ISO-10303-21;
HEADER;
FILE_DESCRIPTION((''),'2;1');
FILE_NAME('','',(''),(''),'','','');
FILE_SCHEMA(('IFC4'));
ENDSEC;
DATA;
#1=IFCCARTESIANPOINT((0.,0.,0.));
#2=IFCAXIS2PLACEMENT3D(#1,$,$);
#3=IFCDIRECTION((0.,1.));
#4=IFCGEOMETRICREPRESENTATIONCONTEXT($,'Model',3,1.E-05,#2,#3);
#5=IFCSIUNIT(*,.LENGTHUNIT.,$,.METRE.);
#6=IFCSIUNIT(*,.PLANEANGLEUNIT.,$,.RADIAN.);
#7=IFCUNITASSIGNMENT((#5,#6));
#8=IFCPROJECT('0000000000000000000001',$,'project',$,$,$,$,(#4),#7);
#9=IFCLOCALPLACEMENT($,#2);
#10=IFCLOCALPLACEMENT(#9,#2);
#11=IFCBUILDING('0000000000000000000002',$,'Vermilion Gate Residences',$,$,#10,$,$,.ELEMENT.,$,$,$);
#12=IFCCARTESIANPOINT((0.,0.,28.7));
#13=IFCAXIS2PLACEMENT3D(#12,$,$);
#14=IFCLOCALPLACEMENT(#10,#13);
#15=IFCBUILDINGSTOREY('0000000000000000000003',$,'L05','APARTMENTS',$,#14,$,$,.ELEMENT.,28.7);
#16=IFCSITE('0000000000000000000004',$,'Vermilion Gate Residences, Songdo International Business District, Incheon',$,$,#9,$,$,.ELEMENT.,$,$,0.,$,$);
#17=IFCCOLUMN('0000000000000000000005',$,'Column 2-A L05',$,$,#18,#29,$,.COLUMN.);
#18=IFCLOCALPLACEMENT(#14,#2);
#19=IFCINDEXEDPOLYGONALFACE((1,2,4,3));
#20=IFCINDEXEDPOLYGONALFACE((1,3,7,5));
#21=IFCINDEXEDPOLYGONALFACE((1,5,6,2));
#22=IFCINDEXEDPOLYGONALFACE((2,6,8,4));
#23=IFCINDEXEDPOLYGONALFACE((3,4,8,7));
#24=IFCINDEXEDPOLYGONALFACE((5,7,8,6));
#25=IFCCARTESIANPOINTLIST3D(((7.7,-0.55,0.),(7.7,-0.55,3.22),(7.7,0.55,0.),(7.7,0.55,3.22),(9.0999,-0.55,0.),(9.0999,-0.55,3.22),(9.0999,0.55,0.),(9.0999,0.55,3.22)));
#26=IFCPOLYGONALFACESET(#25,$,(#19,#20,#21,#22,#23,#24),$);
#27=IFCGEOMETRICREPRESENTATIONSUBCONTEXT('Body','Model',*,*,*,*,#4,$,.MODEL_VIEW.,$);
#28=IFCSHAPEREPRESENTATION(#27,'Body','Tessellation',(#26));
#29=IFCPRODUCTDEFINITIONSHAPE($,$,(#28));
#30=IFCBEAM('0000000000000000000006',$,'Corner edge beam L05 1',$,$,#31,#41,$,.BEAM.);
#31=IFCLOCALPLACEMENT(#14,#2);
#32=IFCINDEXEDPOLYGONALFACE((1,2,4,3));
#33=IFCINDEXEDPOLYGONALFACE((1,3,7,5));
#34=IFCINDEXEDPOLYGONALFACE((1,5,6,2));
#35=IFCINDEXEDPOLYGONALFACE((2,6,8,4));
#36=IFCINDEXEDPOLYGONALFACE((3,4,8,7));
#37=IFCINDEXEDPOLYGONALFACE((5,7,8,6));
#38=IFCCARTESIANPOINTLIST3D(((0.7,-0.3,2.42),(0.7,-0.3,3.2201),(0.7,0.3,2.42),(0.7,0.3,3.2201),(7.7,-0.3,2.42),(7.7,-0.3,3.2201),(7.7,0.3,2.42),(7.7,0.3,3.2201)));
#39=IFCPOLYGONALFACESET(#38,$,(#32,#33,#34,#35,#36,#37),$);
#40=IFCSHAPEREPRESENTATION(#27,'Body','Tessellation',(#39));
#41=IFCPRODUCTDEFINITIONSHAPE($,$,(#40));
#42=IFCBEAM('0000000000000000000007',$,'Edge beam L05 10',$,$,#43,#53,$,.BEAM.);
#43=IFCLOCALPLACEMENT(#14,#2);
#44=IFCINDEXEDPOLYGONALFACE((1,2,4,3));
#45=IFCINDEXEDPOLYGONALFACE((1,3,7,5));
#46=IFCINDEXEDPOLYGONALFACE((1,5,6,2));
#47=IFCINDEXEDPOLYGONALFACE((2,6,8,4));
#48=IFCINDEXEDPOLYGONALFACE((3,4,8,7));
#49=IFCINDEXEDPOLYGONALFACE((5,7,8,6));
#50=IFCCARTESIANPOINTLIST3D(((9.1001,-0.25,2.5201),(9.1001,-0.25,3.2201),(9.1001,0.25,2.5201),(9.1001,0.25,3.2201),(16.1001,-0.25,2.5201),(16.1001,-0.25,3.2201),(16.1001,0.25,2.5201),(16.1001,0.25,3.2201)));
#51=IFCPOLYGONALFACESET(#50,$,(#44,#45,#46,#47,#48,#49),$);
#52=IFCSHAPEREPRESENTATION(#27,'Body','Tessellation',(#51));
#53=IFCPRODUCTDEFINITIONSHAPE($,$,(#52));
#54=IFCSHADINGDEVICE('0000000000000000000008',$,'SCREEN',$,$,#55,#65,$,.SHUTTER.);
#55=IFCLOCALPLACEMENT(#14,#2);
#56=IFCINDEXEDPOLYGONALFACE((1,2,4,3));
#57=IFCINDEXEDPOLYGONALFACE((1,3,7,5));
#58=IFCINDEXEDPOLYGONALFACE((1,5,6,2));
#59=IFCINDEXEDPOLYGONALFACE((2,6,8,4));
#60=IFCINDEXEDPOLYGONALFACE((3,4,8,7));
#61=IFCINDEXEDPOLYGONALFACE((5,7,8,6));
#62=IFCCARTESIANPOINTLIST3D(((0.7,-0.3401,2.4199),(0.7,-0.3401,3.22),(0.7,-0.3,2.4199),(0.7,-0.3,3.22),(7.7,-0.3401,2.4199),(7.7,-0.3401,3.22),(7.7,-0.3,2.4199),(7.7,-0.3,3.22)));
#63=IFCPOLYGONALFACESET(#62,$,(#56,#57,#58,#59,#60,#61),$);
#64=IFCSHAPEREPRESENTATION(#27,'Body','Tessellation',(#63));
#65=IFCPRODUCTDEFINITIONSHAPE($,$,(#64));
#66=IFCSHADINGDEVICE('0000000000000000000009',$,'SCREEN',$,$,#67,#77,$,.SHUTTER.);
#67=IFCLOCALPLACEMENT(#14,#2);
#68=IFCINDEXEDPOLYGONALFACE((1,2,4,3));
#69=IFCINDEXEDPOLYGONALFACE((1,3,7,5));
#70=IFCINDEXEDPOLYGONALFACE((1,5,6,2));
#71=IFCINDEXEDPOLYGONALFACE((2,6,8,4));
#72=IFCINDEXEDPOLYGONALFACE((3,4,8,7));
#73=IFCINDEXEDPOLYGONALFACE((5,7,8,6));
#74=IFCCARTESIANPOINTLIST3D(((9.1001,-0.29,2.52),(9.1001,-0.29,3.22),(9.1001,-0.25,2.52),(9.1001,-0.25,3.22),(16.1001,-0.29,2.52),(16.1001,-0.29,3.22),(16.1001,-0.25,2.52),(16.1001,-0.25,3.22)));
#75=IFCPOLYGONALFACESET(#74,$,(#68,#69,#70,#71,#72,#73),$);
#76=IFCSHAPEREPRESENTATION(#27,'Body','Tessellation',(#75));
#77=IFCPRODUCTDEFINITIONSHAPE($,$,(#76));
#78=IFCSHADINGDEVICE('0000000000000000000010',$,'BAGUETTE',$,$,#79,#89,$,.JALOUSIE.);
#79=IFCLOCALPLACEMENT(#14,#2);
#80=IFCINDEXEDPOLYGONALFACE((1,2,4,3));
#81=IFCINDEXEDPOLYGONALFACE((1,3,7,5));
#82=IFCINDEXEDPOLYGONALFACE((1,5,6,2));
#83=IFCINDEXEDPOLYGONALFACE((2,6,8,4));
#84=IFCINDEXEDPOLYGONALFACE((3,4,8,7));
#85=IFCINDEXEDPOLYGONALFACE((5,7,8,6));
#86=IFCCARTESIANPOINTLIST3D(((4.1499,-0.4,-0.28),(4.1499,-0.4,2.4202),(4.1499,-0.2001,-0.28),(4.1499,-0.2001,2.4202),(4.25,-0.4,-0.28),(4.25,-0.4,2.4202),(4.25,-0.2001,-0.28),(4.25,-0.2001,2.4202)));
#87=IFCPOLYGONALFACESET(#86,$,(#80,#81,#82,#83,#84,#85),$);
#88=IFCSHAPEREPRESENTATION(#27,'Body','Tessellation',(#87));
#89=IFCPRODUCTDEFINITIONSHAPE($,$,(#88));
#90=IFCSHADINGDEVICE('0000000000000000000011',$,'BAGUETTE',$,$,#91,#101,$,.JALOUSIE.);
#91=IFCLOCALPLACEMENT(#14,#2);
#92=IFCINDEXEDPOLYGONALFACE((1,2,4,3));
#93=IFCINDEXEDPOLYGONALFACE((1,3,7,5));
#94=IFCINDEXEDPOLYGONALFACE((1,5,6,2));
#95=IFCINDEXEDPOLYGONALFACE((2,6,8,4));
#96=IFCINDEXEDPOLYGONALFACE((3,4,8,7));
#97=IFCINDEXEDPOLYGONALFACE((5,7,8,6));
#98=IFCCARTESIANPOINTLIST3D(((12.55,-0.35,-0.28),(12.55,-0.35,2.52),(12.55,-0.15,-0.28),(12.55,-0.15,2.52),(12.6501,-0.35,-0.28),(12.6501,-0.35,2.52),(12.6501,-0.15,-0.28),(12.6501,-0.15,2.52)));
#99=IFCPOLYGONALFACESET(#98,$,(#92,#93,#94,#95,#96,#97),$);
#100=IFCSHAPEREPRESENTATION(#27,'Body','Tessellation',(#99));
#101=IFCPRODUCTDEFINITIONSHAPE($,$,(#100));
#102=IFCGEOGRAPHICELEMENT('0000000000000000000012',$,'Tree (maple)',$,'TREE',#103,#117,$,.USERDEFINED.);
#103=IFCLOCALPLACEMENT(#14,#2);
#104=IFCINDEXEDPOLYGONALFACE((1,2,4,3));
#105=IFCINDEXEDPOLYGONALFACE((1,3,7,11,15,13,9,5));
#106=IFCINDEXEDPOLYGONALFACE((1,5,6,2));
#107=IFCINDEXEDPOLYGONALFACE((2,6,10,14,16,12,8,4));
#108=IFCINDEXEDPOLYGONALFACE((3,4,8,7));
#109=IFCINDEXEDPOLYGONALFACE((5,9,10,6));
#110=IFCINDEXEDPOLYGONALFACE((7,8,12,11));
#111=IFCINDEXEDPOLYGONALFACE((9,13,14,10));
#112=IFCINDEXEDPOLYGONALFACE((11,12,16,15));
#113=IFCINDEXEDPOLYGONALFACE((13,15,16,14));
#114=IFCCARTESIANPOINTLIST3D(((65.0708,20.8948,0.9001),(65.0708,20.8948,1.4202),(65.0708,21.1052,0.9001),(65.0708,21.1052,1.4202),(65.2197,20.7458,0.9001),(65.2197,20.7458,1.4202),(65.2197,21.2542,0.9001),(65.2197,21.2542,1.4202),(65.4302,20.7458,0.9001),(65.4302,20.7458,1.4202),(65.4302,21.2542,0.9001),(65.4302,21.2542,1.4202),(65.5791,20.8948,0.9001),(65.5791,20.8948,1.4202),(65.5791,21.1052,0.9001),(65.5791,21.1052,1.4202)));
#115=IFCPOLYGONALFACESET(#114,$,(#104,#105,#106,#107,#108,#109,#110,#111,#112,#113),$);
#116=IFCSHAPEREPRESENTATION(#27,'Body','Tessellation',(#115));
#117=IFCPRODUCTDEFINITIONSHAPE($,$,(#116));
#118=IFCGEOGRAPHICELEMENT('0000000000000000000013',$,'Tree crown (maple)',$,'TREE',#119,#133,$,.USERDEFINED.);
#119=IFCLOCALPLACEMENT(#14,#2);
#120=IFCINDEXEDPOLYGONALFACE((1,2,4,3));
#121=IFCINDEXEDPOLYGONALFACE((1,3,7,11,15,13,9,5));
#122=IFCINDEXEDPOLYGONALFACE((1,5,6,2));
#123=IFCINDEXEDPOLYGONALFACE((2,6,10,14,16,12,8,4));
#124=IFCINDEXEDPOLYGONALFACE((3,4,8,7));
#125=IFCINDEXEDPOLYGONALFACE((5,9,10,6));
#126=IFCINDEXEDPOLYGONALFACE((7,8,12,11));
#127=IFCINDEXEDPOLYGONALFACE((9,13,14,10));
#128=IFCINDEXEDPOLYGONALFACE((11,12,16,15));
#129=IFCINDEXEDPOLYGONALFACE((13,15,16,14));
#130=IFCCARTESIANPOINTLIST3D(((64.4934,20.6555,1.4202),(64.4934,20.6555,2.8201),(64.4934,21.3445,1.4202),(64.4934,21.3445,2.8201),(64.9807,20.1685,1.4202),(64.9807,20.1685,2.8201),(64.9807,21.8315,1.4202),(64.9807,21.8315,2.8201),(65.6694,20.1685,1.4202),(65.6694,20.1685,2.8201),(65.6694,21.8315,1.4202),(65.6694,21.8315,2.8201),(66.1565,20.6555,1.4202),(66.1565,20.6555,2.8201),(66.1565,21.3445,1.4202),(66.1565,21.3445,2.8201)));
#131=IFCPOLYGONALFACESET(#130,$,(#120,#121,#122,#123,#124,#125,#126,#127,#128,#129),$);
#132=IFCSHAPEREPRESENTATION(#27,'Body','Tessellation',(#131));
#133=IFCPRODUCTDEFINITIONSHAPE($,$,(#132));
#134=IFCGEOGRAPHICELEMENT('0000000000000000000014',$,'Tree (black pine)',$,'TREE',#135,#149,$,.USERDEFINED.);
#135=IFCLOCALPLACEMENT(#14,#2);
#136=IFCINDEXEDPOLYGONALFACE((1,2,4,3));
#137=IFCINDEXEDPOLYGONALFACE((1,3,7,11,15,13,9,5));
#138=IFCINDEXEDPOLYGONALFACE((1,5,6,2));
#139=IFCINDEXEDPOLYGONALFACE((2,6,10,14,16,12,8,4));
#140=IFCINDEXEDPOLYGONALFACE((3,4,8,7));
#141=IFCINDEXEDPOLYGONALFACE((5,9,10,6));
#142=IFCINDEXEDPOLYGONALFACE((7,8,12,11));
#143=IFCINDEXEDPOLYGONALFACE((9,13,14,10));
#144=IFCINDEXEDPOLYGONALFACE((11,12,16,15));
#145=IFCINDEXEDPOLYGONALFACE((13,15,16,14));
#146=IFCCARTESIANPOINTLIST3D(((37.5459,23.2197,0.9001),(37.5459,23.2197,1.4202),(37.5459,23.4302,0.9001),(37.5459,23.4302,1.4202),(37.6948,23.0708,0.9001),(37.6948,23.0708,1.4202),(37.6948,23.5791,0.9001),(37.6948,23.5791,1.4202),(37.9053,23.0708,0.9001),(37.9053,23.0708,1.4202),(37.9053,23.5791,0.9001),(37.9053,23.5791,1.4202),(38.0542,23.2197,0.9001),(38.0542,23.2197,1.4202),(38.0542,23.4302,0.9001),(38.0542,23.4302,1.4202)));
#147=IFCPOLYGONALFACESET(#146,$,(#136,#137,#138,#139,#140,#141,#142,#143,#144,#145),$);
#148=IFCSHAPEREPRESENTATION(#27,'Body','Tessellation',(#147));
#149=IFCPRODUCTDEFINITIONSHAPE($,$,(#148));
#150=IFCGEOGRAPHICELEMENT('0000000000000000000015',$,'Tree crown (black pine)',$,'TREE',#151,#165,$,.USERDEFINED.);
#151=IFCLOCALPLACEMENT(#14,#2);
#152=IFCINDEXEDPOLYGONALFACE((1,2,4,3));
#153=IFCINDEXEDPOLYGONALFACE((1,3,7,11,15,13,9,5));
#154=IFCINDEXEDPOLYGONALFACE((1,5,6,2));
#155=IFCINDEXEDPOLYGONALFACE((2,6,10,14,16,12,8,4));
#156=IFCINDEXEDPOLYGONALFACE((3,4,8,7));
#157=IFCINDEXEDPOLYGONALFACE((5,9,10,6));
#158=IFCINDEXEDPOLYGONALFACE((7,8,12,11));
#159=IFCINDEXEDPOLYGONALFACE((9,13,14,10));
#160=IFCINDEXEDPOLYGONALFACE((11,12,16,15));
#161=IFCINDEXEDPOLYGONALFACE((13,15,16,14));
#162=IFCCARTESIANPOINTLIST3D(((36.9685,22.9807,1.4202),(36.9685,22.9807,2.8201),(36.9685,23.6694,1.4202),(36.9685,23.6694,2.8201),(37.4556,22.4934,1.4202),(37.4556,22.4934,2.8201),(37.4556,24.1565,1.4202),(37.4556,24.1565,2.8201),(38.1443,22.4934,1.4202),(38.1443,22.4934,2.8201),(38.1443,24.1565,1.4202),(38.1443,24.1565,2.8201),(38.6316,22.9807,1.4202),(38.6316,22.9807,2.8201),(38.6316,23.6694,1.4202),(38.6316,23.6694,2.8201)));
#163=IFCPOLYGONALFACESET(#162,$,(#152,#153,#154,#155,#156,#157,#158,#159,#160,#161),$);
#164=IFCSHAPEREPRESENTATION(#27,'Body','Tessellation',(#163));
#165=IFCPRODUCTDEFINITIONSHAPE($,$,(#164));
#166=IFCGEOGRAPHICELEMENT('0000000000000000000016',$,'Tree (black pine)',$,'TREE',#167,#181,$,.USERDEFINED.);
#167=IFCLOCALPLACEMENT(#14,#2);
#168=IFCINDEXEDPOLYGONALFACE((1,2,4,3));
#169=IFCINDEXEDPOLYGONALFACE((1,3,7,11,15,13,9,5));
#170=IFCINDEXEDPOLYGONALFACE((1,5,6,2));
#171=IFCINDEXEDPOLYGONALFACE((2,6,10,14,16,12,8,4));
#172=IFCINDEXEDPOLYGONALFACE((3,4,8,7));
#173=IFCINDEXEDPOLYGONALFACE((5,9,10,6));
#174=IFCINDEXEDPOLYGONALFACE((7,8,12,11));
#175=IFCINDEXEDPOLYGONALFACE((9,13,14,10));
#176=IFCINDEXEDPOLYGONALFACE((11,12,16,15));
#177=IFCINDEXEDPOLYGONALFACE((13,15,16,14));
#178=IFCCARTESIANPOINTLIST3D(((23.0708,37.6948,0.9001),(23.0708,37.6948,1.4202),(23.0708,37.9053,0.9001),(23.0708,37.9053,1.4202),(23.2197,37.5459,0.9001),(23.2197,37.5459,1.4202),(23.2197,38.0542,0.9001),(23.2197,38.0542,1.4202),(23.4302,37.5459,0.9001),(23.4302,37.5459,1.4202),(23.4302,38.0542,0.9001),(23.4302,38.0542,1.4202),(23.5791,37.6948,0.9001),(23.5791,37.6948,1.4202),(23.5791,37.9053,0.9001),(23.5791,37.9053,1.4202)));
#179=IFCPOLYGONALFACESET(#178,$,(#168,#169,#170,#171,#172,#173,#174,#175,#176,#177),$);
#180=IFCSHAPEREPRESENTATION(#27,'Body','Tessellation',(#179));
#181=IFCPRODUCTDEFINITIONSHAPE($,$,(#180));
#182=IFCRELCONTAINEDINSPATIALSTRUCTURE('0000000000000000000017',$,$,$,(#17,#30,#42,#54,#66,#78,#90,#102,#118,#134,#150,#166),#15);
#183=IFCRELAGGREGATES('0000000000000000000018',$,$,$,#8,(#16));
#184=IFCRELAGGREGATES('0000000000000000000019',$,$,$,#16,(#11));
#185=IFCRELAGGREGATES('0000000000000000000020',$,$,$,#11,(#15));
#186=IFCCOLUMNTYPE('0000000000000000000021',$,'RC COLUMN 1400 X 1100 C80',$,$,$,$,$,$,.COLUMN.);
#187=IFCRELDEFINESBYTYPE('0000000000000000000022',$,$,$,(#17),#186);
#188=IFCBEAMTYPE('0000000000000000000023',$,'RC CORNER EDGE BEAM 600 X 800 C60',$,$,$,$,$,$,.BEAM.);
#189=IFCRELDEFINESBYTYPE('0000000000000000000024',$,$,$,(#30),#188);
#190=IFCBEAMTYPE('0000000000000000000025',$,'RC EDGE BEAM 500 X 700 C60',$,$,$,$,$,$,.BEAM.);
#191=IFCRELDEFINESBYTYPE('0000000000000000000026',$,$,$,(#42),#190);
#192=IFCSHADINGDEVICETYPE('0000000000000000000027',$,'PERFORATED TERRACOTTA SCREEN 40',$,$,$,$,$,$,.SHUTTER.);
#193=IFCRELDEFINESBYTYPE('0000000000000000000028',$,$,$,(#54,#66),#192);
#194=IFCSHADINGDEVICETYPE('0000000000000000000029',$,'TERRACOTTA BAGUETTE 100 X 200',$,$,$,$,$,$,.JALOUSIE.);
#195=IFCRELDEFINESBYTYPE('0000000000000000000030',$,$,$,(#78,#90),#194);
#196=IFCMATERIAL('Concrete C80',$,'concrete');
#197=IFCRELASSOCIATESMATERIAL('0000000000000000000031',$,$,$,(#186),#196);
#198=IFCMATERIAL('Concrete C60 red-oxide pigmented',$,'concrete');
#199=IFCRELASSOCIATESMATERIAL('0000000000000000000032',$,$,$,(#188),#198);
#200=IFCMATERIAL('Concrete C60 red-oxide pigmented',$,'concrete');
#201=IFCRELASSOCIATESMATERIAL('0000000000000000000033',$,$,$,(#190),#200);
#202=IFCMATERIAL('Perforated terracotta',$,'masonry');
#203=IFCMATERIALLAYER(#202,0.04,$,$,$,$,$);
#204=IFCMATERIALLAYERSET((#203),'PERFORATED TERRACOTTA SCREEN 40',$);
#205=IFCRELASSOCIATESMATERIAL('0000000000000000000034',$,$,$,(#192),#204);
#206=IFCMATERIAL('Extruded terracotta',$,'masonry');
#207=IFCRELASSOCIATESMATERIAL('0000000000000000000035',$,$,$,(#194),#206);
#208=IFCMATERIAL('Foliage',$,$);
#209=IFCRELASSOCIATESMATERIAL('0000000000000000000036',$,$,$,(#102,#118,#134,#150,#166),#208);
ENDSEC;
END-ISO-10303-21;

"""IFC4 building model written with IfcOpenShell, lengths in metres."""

from ifc_helpers import new_model, si_unit, direction, frame, origin, origin_2d, place, context, subcontext, project, spatial, polyline, rectangle, outline, extrude, material, layer, layer_set, material_profile, profile_set, type_object, element, save


model = new_model("IFC4")

# Units and contexts
model_context = context("Model", 3, precision=1e-05, world=origin(), true_north=direction((0.0, 1.0)))
body_context = subcontext(model_context, "Body", "Model", "MODEL_VIEW")
ifc_project = project(units=[si_unit("LENGTHUNIT", "METRE"), si_unit("PLANEANGLEUNIT", "RADIAN")], contexts=[model_context])

# Site, building, storey
site_placement = place(None, origin())
site = spatial("IfcSite", under=ifc_project, at=site_placement, Name="Vermilion Gate Residences, Songdo International Business District, Incheon", CompositionType="ELEMENT", RefElevation=0.0)
building_placement = place(site_placement, origin())
building = spatial("IfcBuilding", under=site, at=building_placement, Name="Vermilion Gate Residences", CompositionType="ELEMENT")
storey_placement = place(building_placement, frame((0.0, 0.0, 28.7)))
storey = spatial("IfcBuildingStorey", under=building, at=storey_placement, Name="L05", Description="APARTMENTS", CompositionType="ELEMENT", Elevation=28.7)

# Column
ifc_material_1 = material(Name="Concrete C80", Category="concrete")
ifc_material_profile_1 = material_profile(ifc_material_1, rectangle(XDim=1.3999, YDim=1.1001, at=origin_2d()), Name="RC-1400x1100")
ifc_profile_set_1 = profile_set([ifc_material_profile_1], Name="Concrete C80")
column_type = type_object("IfcColumnType", Name="RC COLUMN 1400 X 1100 C80", PredefinedType="COLUMN", material=ifc_profile_set_1)
column_placement = place(storey_placement, frame((8.3999, 0.0, 0.0), z_axis=(0.0, 0.0, 1.0), x_axis=(1.0, 0.0, 0.0)))
element("IfcColumn", 1, at=column_placement, inside=storey, type_object=column_type, Name="Column 2-A L05", PredefinedType="COLUMN", context=body_context, shape_type="SweptSolid", body=[
    extrude(rectangle(XDim=1.3999, YDim=1.1001, at=origin_2d()), origin(), (0.0, 0.0, 1.0), 3.22),
])

# Beams
ifc_material_2 = material(Name="Concrete C60 red-oxide pigmented", Category="concrete")
ifc_material_profile_2 = material_profile(ifc_material_2, rectangle(XDim=0.6001, YDim=0.8, at=origin_2d()), Name="RC-600x800")
ifc_profile_set_2 = profile_set([ifc_material_profile_2], Name="Concrete C60 red-oxide pigmented")
beam_type_1 = type_object("IfcBeamType", Name="RC CORNER EDGE BEAM 600 X 800 C60", PredefinedType="BEAM", material=ifc_profile_set_2)
beam_1_placement = place(storey_placement, frame((0.7, 0.0, 2.8201), z_axis=(1.0, 0.0, 0.0), x_axis=(0.0, 1.0, 0.0)))
element("IfcBeam", 2, at=beam_1_placement, inside=storey, type_object=beam_type_1, Name="Corner edge beam L05 1", PredefinedType="BEAM", context=body_context, shape_type="SweptSolid", body=[
    extrude(rectangle(XDim=0.6001, YDim=0.8, at=origin_2d()), origin(), (0.0, 0.0, 1.0), 7.0),
])
ifc_material_3 = material(Name="Concrete C60 red-oxide pigmented", Category="concrete")
ifc_material_profile_3 = material_profile(ifc_material_3, rectangle(XDim=0.5, YDim=0.7, at=origin_2d()), Name="RC-500x700")
ifc_profile_set_3 = profile_set([ifc_material_profile_3], Name="Concrete C60 red-oxide pigmented")
beam_type_2 = type_object("IfcBeamType", Name="RC EDGE BEAM 500 X 700 C60", PredefinedType="BEAM", material=ifc_profile_set_3)
beam_2_placement = place(storey_placement, frame((9.1001, 0.0, 2.8701), z_axis=(1.0, 0.0, 0.0), x_axis=(0.0, 1.0, 0.0)))
element("IfcBeam", 3, at=beam_2_placement, inside=storey, type_object=beam_type_2, Name="Edge beam L05 10", PredefinedType="BEAM", context=body_context, shape_type="SweptSolid", body=[
    extrude(rectangle(XDim=0.5, YDim=0.7, at=origin_2d()), origin(), (0.0, 0.0, 1.0), 7.0),
])

# Shading devices
ifc_material_4 = material(Name="Perforated terracotta", Category="masonry")
ifc_layer = layer(ifc_material_4, 0.04)
ifc_layer_set = layer_set([ifc_layer], Name="PERFORATED TERRACOTTA SCREEN 40")
shading_device_type_1 = type_object("IfcShadingDeviceType", Name="PERFORATED TERRACOTTA SCREEN 40", PredefinedType="SHUTTER", material=ifc_layer_set)
shading_device_1_placement = place(storey_placement, frame((4.2, -0.3201, 2.4199), z_axis=(0.0, 0.0, 1.0), x_axis=(1.0, 0.0, 0.0)))
element("IfcShadingDevice", 4, at=shading_device_1_placement, inside=storey, type_object=shading_device_type_1, Name="SCREEN", PredefinedType="SHUTTER", context=body_context, shape_type="SweptSolid", body=[
    extrude(rectangle(XDim=7.0, YDim=0.04, at=origin_2d()), origin(), (0.0, 0.0, 1.0), 0.8),
])
shading_device_2_placement = place(storey_placement, frame((12.6001, -0.27, 2.52), z_axis=(0.0, 0.0, 1.0), x_axis=(1.0, 0.0, 0.0)))
element("IfcShadingDevice", 5, at=shading_device_2_placement, inside=storey, type_object=shading_device_type_1, Name="SCREEN", PredefinedType="SHUTTER", context=body_context, shape_type="SweptSolid", body=[
    extrude(rectangle(XDim=7.0, YDim=0.04, at=origin_2d()), origin(), (0.0, 0.0, 1.0), 0.7),
])
ifc_material_5 = material(Name="Extruded terracotta", Category="masonry")
ifc_material_profile_4 = material_profile(ifc_material_5, rectangle(XDim=0.2, YDim=0.1001, at=origin_2d()), Name="BAGUETTE 100 X 200")
ifc_profile_set_4 = profile_set([ifc_material_profile_4], Name="Extruded terracotta")
shading_device_type_2 = type_object("IfcShadingDeviceType", Name="TERRACOTTA BAGUETTE 100 X 200", PredefinedType="JALOUSIE", material=ifc_profile_set_4)
shading_device_3_placement = place(storey_placement, frame((4.2, -0.3, -0.28), z_axis=(0.0, 0.0, 1.0), x_axis=(0.0, 1.0, 0.0)))
element("IfcShadingDevice", 6, at=shading_device_3_placement, inside=storey, type_object=shading_device_type_2, Name="BAGUETTE", PredefinedType="JALOUSIE", context=body_context, shape_type="SweptSolid", body=[
    extrude(rectangle(XDim=0.2, YDim=0.1001, at=origin_2d()), origin(), (0.0, 0.0, 1.0), 2.7002),
])
shading_device_4_placement = place(storey_placement, frame((12.6001, -0.25, -0.28), z_axis=(0.0, 0.0, 1.0), x_axis=(0.0, 1.0, 0.0)))
element("IfcShadingDevice", 7, at=shading_device_4_placement, inside=storey, type_object=shading_device_type_2, Name="BAGUETTE", PredefinedType="JALOUSIE", context=body_context, shape_type="SweptSolid", body=[
    extrude(rectangle(XDim=0.2, YDim=0.1001, at=origin_2d()), origin(), (0.0, 0.0, 1.0), 2.8),
])

# Geographic elements
ifc_material_6 = material(Name="Foliage")
geographic_element_1_placement = place(storey_placement, frame((0.0, 0.0, 0.9001)))
element("IfcGeographicElement", 8, at=geographic_element_1_placement, inside=storey, material=ifc_material_6, Name="Tree (maple)", ObjectType="TREE", PredefinedType="USERDEFINED", context=body_context, shape_type="SweptSolid", body=[
    extrude(outline(polyline([(65.5791, 21.1052), (65.4302, 21.2542), (65.2197, 21.2542), (65.0708, 21.1052), (65.0708, 20.8948), (65.2197, 20.7458), (65.4302, 20.7458), (65.5791, 20.8948), (65.5791, 21.1052)])), origin(), (0.0, 0.0, 1.0), 0.52),
])
geographic_element_2_placement = place(storey_placement, frame((0.0, 0.0, 1.4202)))
element("IfcGeographicElement", 9, at=geographic_element_2_placement, inside=storey, material=ifc_material_6, Name="Tree crown (maple)", ObjectType="TREE", PredefinedType="USERDEFINED", context=body_context, shape_type="SweptSolid", body=[
    extrude(outline(polyline([(66.1565, 21.3445), (65.6694, 21.8315), (64.9807, 21.8315), (64.4934, 21.3445), (64.4934, 20.6555), (64.9807, 20.1685), (65.6694, 20.1685), (66.1565, 20.6555), (66.1565, 21.3445)])), origin(), (0.0, 0.0, 1.0), 1.3999),
])
geographic_element_3_placement = place(storey_placement, frame((0.0, 0.0, 0.9001)))
element("IfcGeographicElement", 10, at=geographic_element_3_placement, inside=storey, material=ifc_material_6, Name="Tree (black pine)", ObjectType="TREE", PredefinedType="USERDEFINED", context=body_context, shape_type="SweptSolid", body=[
    extrude(outline(polyline([(38.0542, 23.4302), (37.9053, 23.5791), (37.6948, 23.5791), (37.5459, 23.4302), (37.5459, 23.2197), (37.6948, 23.0708), (37.9053, 23.0708), (38.0542, 23.2197), (38.0542, 23.4302)])), origin(), (0.0, 0.0, 1.0), 0.52),
])
geographic_element_4_placement = place(storey_placement, frame((0.0, 0.0, 1.4202)))
element("IfcGeographicElement", 11, at=geographic_element_4_placement, inside=storey, material=ifc_material_6, Name="Tree crown (black pine)", ObjectType="TREE", PredefinedType="USERDEFINED", context=body_context, shape_type="SweptSolid", body=[
    extrude(outline(polyline([(38.6316, 23.6694), (38.1443, 24.1565), (37.4556, 24.1565), (36.9685, 23.6694), (36.9685, 22.9807), (37.4556, 22.4934), (38.1443, 22.4934), (38.6316, 22.9807), (38.6316, 23.6694)])), origin(), (0.0, 0.0, 1.0), 1.3999),
])
geographic_element_5_placement = place(storey_placement, frame((0.0, 0.0, 0.9001)))
element("IfcGeographicElement", 12, at=geographic_element_5_placement, inside=storey, material=ifc_material_6, Name="Tree (black pine)", ObjectType="TREE", PredefinedType="USERDEFINED", context=body_context, shape_type="SweptSolid", body=[
    extrude(outline(polyline([(23.5791, 37.9053), (23.4302, 38.0542), (23.2197, 38.0542), (23.0708, 37.9053), (23.0708, 37.6948), (23.2197, 37.5459), (23.4302, 37.5459), (23.5791, 37.6948), (23.5791, 37.9053)])), origin(), (0.0, 0.0, 1.0), 0.52),
])

save(model, "model.ifc")
